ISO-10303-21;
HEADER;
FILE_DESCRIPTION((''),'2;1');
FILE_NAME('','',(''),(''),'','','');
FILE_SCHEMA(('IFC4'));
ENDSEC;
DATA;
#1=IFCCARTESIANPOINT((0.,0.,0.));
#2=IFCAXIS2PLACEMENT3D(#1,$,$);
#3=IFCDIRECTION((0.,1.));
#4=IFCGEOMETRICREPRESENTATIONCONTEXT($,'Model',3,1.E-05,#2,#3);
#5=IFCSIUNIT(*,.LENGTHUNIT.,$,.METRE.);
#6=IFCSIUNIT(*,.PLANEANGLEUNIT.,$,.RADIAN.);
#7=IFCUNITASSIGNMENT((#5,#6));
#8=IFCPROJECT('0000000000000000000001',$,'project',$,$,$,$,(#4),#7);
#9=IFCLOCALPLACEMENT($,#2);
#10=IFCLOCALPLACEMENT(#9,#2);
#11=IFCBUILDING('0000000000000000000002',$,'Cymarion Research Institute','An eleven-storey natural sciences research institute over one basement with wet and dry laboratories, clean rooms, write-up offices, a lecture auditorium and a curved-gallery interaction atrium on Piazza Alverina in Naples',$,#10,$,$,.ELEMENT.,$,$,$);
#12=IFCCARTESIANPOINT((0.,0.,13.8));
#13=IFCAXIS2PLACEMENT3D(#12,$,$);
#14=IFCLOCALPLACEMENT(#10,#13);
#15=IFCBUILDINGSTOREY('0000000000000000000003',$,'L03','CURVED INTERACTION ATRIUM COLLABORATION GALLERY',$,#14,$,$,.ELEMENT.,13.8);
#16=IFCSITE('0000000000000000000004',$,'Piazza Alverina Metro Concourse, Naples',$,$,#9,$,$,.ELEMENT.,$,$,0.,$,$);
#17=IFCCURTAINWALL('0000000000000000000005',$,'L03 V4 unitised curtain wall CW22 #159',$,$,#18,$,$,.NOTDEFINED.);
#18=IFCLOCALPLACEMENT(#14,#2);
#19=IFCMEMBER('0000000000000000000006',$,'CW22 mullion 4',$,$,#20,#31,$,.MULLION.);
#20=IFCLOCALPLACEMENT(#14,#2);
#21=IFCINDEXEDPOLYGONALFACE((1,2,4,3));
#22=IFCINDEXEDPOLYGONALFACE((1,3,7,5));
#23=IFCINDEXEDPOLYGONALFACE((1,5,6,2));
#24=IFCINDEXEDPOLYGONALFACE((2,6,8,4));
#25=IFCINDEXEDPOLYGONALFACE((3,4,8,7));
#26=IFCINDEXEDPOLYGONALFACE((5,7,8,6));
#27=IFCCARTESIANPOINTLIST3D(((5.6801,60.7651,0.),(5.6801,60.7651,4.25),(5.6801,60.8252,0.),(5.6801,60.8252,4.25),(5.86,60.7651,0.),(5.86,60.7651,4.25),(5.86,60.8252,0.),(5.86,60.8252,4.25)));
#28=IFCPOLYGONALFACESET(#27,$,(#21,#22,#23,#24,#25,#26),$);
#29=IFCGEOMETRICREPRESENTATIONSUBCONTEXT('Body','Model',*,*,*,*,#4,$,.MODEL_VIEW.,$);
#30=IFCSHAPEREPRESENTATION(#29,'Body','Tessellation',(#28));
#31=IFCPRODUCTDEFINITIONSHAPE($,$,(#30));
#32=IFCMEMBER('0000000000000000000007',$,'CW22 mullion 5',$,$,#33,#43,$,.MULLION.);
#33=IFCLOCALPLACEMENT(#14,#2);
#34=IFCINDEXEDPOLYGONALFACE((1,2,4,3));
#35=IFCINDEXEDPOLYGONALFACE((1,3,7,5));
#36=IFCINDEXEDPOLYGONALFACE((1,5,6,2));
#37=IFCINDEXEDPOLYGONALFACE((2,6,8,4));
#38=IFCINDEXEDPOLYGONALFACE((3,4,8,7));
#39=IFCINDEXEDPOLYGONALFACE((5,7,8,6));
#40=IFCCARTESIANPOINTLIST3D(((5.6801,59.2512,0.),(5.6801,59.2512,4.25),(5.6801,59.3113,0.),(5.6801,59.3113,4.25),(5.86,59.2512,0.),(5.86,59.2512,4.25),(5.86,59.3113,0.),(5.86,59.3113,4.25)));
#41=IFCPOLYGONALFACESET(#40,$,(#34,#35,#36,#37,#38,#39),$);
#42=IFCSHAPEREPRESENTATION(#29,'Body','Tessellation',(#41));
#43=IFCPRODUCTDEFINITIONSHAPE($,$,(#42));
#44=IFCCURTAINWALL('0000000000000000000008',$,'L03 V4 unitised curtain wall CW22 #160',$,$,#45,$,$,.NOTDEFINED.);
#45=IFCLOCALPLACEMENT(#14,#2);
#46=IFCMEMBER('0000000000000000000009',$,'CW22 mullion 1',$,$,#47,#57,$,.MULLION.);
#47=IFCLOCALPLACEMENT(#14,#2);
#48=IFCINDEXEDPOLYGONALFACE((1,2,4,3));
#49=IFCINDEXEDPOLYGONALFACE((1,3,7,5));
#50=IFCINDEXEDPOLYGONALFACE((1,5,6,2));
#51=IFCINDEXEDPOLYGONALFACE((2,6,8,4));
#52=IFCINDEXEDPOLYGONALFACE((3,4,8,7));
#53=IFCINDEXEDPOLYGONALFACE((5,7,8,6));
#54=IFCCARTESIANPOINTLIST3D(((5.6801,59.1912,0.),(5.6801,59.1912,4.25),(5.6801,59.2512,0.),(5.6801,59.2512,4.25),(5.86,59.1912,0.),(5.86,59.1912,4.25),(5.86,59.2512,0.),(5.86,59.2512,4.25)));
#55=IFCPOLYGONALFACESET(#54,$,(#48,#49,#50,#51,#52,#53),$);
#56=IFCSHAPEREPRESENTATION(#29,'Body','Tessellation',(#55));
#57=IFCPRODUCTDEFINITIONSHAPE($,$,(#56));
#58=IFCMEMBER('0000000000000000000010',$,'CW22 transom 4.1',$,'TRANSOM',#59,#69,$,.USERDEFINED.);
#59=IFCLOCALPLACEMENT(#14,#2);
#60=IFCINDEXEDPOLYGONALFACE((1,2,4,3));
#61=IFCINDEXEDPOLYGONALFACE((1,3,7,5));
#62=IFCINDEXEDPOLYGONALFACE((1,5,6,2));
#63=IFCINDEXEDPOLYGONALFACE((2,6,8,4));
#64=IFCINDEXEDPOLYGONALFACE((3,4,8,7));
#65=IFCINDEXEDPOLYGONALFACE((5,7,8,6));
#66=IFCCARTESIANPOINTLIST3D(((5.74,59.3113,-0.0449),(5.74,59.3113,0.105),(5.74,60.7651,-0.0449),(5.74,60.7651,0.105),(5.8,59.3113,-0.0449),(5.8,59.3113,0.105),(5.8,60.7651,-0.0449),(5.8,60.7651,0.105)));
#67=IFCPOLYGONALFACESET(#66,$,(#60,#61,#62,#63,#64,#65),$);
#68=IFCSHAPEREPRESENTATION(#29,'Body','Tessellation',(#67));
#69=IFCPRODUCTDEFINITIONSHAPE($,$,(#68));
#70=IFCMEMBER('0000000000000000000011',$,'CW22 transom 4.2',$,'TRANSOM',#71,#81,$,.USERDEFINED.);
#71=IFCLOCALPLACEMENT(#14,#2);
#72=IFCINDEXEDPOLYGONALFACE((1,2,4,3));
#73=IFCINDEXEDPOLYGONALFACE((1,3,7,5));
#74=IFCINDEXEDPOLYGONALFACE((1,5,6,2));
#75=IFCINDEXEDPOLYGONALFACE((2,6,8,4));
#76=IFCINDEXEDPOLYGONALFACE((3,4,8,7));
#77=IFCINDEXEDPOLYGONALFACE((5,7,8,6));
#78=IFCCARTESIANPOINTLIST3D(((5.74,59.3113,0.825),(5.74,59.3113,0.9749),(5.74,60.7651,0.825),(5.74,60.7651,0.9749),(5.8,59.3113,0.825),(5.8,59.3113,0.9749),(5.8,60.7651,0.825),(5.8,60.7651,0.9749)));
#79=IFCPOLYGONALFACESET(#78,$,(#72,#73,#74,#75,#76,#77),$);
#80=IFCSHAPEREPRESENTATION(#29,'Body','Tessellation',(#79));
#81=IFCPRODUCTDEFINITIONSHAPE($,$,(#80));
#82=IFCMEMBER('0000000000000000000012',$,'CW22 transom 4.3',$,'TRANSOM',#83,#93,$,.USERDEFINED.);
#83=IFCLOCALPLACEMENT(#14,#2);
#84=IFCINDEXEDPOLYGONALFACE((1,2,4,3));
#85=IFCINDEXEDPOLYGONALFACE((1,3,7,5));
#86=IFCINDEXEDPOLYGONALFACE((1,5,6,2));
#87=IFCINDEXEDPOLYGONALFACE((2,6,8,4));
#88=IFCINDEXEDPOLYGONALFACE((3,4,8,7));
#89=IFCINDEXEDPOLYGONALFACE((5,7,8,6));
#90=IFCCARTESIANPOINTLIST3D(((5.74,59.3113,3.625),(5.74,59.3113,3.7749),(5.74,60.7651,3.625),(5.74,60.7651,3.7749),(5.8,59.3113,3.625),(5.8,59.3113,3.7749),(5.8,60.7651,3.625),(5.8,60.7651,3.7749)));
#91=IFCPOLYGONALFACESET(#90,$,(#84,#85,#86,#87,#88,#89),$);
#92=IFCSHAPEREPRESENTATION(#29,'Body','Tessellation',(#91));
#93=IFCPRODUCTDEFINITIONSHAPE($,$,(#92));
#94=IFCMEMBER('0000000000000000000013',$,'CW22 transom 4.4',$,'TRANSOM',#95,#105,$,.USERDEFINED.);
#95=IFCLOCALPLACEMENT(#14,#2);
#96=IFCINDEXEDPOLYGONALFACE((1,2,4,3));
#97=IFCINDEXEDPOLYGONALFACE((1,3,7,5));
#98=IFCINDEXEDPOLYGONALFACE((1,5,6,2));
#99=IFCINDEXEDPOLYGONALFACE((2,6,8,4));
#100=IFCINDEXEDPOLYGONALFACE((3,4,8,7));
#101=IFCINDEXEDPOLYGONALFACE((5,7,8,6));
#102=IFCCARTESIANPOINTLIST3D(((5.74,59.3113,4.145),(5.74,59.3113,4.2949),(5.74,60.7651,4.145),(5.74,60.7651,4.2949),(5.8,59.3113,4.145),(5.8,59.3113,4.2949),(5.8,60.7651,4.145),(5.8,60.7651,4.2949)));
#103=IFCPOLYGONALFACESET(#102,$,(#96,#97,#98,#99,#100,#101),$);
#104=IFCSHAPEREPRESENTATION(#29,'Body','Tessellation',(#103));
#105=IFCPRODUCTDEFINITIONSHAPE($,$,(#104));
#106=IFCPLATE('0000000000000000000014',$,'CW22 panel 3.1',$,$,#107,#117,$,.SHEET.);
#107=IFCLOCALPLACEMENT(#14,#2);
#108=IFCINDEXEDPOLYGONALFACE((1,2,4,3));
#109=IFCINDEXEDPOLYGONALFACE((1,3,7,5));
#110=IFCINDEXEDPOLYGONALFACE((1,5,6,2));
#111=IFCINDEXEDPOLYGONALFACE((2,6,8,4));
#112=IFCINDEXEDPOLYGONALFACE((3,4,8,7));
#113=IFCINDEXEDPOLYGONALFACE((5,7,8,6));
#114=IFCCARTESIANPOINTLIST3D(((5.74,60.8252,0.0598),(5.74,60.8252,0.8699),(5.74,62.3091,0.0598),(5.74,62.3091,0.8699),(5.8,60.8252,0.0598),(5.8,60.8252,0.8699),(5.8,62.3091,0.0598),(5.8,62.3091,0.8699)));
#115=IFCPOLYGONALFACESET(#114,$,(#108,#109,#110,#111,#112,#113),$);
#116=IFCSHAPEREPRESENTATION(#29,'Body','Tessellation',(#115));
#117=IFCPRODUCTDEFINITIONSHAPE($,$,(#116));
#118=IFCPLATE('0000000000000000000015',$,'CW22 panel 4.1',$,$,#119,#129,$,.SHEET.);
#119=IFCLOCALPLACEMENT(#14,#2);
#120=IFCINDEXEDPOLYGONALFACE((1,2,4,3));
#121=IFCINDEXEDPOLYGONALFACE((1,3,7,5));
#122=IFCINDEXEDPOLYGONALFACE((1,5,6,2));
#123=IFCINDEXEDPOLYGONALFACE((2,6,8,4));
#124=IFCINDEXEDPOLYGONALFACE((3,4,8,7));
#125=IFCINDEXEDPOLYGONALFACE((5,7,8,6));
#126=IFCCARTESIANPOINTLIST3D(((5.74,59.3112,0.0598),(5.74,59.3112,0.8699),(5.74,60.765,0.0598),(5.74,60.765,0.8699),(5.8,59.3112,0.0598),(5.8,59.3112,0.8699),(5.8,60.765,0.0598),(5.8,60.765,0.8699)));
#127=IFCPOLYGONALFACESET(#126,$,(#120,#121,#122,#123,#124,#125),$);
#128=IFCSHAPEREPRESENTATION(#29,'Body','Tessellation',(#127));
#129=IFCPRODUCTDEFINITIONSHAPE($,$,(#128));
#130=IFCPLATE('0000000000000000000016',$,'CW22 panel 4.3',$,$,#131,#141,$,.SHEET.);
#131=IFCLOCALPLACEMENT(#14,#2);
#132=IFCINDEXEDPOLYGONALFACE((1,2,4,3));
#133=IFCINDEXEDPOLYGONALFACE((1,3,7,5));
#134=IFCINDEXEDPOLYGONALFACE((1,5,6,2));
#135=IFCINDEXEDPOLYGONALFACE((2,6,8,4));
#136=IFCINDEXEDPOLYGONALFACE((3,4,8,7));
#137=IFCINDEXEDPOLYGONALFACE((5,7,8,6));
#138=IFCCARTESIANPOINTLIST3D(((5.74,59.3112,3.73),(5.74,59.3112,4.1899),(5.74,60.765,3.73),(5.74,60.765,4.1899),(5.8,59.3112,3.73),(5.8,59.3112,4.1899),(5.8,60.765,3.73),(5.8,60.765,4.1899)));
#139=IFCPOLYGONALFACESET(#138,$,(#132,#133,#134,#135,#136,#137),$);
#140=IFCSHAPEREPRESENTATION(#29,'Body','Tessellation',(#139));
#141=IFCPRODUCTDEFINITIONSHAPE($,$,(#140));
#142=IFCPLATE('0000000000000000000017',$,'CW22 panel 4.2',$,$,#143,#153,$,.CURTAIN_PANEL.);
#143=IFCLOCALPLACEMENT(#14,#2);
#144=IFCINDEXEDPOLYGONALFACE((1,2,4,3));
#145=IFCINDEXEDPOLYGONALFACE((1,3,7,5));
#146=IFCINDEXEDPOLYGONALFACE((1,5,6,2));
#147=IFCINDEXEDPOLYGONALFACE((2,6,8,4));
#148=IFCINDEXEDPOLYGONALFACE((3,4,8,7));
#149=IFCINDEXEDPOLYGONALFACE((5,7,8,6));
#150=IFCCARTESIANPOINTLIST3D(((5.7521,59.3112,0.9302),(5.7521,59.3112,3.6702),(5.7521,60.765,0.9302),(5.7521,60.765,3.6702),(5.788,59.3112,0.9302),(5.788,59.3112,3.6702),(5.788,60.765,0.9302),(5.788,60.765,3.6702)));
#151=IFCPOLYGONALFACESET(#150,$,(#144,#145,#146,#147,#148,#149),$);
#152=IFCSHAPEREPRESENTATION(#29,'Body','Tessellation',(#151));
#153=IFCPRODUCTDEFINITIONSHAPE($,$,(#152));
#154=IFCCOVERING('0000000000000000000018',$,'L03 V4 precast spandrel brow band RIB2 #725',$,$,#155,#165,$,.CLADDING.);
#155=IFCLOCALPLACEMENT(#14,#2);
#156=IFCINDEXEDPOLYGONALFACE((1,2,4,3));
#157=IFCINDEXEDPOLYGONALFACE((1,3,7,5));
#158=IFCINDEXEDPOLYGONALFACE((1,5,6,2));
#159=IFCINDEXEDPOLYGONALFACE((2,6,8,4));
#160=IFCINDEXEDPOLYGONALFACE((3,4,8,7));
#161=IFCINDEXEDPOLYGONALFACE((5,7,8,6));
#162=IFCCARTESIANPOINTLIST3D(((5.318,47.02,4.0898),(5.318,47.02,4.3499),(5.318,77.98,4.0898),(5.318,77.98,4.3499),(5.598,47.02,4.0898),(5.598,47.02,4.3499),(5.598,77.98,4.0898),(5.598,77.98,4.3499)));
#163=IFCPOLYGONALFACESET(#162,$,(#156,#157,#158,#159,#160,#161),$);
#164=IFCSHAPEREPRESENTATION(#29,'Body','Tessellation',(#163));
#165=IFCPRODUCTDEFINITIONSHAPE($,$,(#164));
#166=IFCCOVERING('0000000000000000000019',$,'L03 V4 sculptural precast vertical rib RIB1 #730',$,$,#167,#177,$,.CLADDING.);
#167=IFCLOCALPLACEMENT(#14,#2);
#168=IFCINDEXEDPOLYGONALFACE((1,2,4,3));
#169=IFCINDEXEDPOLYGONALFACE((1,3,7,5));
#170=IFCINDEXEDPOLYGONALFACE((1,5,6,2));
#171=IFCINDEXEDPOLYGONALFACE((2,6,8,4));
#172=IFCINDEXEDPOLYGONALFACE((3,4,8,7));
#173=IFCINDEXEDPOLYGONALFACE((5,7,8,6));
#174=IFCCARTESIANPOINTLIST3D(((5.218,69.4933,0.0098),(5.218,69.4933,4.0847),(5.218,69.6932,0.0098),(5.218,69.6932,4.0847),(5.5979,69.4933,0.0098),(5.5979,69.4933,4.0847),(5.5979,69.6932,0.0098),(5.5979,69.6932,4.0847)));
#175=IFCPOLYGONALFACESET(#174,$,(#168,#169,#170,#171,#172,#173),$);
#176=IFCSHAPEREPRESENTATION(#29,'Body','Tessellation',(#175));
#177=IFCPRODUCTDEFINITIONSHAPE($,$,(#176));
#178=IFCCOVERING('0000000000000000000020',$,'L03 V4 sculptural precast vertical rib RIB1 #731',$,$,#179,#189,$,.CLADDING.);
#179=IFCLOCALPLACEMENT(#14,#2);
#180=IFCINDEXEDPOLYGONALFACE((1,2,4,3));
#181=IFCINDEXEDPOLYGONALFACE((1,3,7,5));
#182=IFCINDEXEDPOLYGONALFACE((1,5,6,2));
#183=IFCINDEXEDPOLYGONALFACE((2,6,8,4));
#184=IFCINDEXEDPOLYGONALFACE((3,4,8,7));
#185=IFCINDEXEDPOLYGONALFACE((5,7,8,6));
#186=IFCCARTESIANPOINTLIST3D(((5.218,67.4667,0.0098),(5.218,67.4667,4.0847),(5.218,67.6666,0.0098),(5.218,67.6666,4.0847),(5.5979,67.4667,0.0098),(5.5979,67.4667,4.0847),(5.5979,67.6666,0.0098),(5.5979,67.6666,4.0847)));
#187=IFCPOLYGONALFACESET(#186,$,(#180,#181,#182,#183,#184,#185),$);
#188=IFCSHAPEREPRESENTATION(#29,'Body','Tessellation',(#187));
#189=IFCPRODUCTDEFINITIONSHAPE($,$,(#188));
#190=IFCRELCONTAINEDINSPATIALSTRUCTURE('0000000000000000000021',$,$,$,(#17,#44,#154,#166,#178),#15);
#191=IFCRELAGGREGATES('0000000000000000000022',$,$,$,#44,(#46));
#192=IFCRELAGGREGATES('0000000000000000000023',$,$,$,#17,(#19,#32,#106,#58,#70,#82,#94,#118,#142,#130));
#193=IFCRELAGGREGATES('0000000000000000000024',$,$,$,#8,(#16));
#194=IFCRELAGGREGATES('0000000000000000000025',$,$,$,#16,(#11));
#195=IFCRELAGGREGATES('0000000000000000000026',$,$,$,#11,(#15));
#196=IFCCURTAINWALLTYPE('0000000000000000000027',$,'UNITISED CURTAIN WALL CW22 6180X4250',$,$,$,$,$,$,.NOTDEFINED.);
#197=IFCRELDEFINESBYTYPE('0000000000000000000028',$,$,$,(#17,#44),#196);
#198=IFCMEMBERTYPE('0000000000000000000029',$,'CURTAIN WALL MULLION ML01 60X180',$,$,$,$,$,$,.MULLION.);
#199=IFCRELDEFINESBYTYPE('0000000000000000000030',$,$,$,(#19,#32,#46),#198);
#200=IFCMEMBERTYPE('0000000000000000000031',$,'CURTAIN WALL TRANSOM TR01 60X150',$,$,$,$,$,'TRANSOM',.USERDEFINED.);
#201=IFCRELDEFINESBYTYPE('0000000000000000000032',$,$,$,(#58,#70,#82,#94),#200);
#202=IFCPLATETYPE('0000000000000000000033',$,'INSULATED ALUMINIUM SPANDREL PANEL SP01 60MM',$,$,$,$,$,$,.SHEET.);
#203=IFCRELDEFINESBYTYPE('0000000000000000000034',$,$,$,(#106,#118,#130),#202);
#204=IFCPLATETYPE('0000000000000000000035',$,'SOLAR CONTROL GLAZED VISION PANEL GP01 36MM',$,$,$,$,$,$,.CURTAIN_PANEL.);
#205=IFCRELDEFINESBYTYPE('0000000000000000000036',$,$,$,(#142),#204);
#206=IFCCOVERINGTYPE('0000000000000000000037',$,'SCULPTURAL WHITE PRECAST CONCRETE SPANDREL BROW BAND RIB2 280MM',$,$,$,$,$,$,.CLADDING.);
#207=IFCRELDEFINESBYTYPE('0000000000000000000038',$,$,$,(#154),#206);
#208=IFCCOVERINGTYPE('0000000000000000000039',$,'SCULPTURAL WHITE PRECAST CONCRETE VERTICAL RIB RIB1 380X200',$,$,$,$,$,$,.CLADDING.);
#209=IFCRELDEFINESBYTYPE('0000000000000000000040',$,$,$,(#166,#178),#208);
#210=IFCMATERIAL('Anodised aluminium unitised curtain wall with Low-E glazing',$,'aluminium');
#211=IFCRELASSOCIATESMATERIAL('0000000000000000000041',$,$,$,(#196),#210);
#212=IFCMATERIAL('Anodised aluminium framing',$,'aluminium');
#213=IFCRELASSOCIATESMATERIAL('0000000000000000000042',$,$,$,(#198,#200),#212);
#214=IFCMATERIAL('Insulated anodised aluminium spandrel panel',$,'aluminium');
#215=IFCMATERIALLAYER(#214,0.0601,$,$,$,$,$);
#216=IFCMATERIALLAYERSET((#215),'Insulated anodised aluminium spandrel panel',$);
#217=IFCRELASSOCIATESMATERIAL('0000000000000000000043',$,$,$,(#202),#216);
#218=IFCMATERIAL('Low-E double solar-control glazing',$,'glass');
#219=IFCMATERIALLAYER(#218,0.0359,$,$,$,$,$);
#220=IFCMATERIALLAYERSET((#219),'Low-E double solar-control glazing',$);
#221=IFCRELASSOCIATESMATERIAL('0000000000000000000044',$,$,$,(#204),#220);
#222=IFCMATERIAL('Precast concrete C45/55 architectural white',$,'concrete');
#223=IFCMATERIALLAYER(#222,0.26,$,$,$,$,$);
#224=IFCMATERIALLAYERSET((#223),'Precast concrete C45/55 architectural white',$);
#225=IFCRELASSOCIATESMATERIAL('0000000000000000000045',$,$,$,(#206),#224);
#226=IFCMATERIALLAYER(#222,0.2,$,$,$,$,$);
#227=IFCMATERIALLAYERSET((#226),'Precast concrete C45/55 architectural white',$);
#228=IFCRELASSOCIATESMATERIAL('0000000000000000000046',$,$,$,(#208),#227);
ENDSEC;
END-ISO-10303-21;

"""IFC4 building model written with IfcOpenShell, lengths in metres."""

from ifc_helpers import new_model, si_unit, direction, frame, origin, origin_2d, place, context, subcontext, project, spatial, rectangle, extrude, material, layer, layer_set, material_profile, profile_set, type_object, element, aggregate, save


model = new_model("IFC4")

# Units and contexts
model_context = context("Model", 3, precision=1e-05, world=origin(), true_north=direction((0.0, 1.0)))
body_context = subcontext(model_context, "Body", "Model", "MODEL_VIEW")
ifc_project = project(units=[si_unit("LENGTHUNIT", "METRE"), si_unit("PLANEANGLEUNIT", "RADIAN")], contexts=[model_context])

# Site, building, storey
site_placement = place(None, origin())
site = spatial("IfcSite", under=ifc_project, at=site_placement, Name="Piazza Alverina Metro Concourse, Naples", CompositionType="ELEMENT", RefElevation=0.0)
building_placement = place(site_placement, origin())
building = spatial("IfcBuilding", under=site, at=building_placement, Name="Cymarion Research Institute", Description="An eleven-storey natural sciences research institute over one basement with wet and dry laboratories, clean rooms, write-up offices, a lecture auditorium and a curved-gallery interaction atrium on Piazza Alverina in Naples", CompositionType="ELEMENT")
storey_placement = place(building_placement, frame((0.0, 0.0, 13.8)))
storey = spatial("IfcBuildingStorey", under=building, at=storey_placement, Name="L03", Description="CURVED INTERACTION ATRIUM COLLABORATION GALLERY", CompositionType="ELEMENT", Elevation=13.8)

# Curtain wall, members
ifc_material_1 = material(Name="Anodised aluminium unitised curtain wall with Low-E glazing", Category="aluminium")
curtain_wall_type = type_object("IfcCurtainWallType", Name="UNITISED CURTAIN WALL CW22 6180X4250", PredefinedType="NOTDEFINED", material=ifc_material_1)
curtain_wall_1_placement = place(storey_placement, origin())
curtain_wall_1 = element("IfcCurtainWall", 1, at=curtain_wall_1_placement, inside=storey, type_object=curtain_wall_type, Name="L03 V4 unitised curtain wall CW22 #159", PredefinedType="NOTDEFINED")
ifc_material_2 = material(Name="Anodised aluminium framing", Category="aluminium")
ifc_material_profile_1 = material_profile(ifc_material_2, rectangle(XDim=0.0601, YDim=0.1799, at=origin_2d()), Name="ALU MULLION 60x180")
ifc_profile_set_1 = profile_set([ifc_material_profile_1], Name="Anodised aluminium framing")
member_type_1 = type_object("IfcMemberType", Name="CURTAIN WALL MULLION ML01 60X180", PredefinedType="MULLION", material=ifc_profile_set_1)
member_1_placement = place(storey_placement, frame((5.77, 60.7952, 0.0), z_axis=(0.0, 0.0, 1.0), x_axis=(0.0, -1.0, 0.0)))
member_1 = element("IfcMember", 2, at=member_1_placement, type_object=member_type_1, Name="CW22 mullion 4", PredefinedType="MULLION", context=body_context, shape_type="SweptSolid", body=[
    extrude(rectangle(XDim=0.0601, YDim=0.1799, at=origin_2d()), origin(), (0.0, 0.0, 1.0), 4.25),
])
member_2_placement = place(storey_placement, frame((5.77, 59.2812, 0.0), z_axis=(0.0, 0.0, 1.0), x_axis=(0.0, -1.0, 0.0)))
member_2 = element("IfcMember", 3, at=member_2_placement, type_object=member_type_1, Name="CW22 mullion 5", PredefinedType="MULLION", context=body_context, shape_type="SweptSolid", body=[
    extrude(rectangle(XDim=0.0601, YDim=0.1799, at=origin_2d()), origin(), (0.0, 0.0, 1.0), 4.25),
])

# Curtain wall, member
curtain_wall_2_placement = place(storey_placement, origin())
curtain_wall_2 = element("IfcCurtainWall", 4, at=curtain_wall_2_placement, inside=storey, type_object=curtain_wall_type, Name="L03 V4 unitised curtain wall CW22 #160", PredefinedType="NOTDEFINED")
member_3_placement = place(storey_placement, frame((5.77, 59.2212, 0.0), z_axis=(0.0, 0.0, 1.0), x_axis=(0.0, -1.0, 0.0)))
member_3 = element("IfcMember", 5, at=member_3_placement, type_object=member_type_1, Name="CW22 mullion 1", PredefinedType="MULLION", context=body_context, shape_type="SweptSolid", body=[
    extrude(rectangle(XDim=0.0601, YDim=0.1799, at=origin_2d()), origin(), (0.0, 0.0, 1.0), 4.25),
])
aggregate(curtain_wall_2, [member_3])

# Members
ifc_material_profile_2 = material_profile(ifc_material_2, rectangle(XDim=0.0601, YDim=0.1499, at=origin_2d()), Name="ALU TRANSOM 60x150")
ifc_profile_set_2 = profile_set([ifc_material_profile_2], Name="Anodised aluminium framing")
member_type_2 = type_object("IfcMemberType", Name="CURTAIN WALL TRANSOM TR01 60X150", ElementType="TRANSOM", PredefinedType="USERDEFINED", material=ifc_profile_set_2)
member_4_placement = place(storey_placement, frame((5.77, 60.7651, 0.03), z_axis=(0.0, -1.0, 0.0), x_axis=(1.0, 0.0, 0.0)))
member_4 = element("IfcMember", 6, at=member_4_placement, type_object=member_type_2, Name="CW22 transom 4.1", ObjectType="TRANSOM", PredefinedType="USERDEFINED", context=body_context, shape_type="SweptSolid", body=[
    extrude(rectangle(XDim=0.0601, YDim=0.1499, at=origin_2d()), origin(), (0.0, 0.0, 1.0), 1.4539),
])
member_5_placement = place(storey_placement, frame((5.77, 60.7651, 0.8999), z_axis=(0.0, -1.0, 0.0), x_axis=(1.0, 0.0, 0.0)))
member_5 = element("IfcMember", 7, at=member_5_placement, type_object=member_type_2, Name="CW22 transom 4.2", ObjectType="TRANSOM", PredefinedType="USERDEFINED", context=body_context, shape_type="SweptSolid", body=[
    extrude(rectangle(XDim=0.0601, YDim=0.1499, at=origin_2d()), origin(), (0.0, 0.0, 1.0), 1.4539),
])
member_6_placement = place(storey_placement, frame((5.77, 60.7651, 3.7), z_axis=(0.0, -1.0, 0.0), x_axis=(1.0, 0.0, 0.0)))
member_6 = element("IfcMember", 8, at=member_6_placement, type_object=member_type_2, Name="CW22 transom 4.3", ObjectType="TRANSOM", PredefinedType="USERDEFINED", context=body_context, shape_type="SweptSolid", body=[
    extrude(rectangle(XDim=0.0601, YDim=0.1499, at=origin_2d()), origin(), (0.0, 0.0, 1.0), 1.4539),
])
member_7_placement = place(storey_placement, frame((5.77, 60.7651, 4.22), z_axis=(0.0, -1.0, 0.0), x_axis=(1.0, 0.0, 0.0)))
member_7 = element("IfcMember", 9, at=member_7_placement, type_object=member_type_2, Name="CW22 transom 4.4", ObjectType="TRANSOM", PredefinedType="USERDEFINED", context=body_context, shape_type="SweptSolid", body=[
    extrude(rectangle(XDim=0.0601, YDim=0.1499, at=origin_2d()), origin(), (0.0, 0.0, 1.0), 1.4539),
])

# Plates
ifc_material_3 = material(Name="Insulated anodised aluminium spandrel panel", Category="aluminium")
ifc_layer_1 = layer(ifc_material_3, 0.0601)
ifc_layer_set_1 = layer_set([ifc_layer_1], Name="Insulated anodised aluminium spandrel panel")
plate_type_1 = type_object("IfcPlateType", Name="INSULATED ALUMINIUM SPANDREL PANEL SP01 60MM", PredefinedType="SHEET", material=ifc_layer_set_1)
plate_1_placement = place(storey_placement, frame((5.77, 61.5671, 0.0598), z_axis=(0.0, 0.0, 1.0), x_axis=(0.0, -1.0, 0.0)))
plate_1 = element("IfcPlate", 10, at=plate_1_placement, type_object=plate_type_1, Name="CW22 panel 3.1", PredefinedType="SHEET", context=body_context, shape_type="SweptSolid", body=[
    extrude(rectangle(XDim=1.4839, YDim=0.0601, at=origin_2d()), origin(), (0.0, 0.0, 1.0), 0.8101),
])
plate_2_placement = place(storey_placement, frame((5.77, 60.0381, 0.0598), z_axis=(0.0, 0.0, 1.0), x_axis=(0.0, -1.0, 0.0)))
plate_2 = element("IfcPlate", 11, at=plate_2_placement, type_object=plate_type_1, Name="CW22 panel 4.1", PredefinedType="SHEET", context=body_context, shape_type="SweptSolid", body=[
    extrude(rectangle(XDim=1.4539, YDim=0.0601, at=origin_2d()), origin(), (0.0, 0.0, 1.0), 0.8101),
])
plate_3_placement = place(storey_placement, frame((5.77, 60.0381, 3.73), z_axis=(0.0, 0.0, 1.0), x_axis=(0.0, -1.0, 0.0)))
plate_3 = element("IfcPlate", 12, at=plate_3_placement, type_object=plate_type_1, Name="CW22 panel 4.3", PredefinedType="SHEET", context=body_context, shape_type="SweptSolid", body=[
    extrude(rectangle(XDim=1.4539, YDim=0.0601, at=origin_2d()), origin(), (0.0, 0.0, 1.0), 0.46),
])
ifc_material_4 = material(Name="Low-E double solar-control glazing", Category="glass")
ifc_layer_2 = layer(ifc_material_4, 0.0359)
ifc_layer_set_2 = layer_set([ifc_layer_2], Name="Low-E double solar-control glazing")
plate_type_2 = type_object("IfcPlateType", Name="SOLAR CONTROL GLAZED VISION PANEL GP01 36MM", PredefinedType="CURTAIN_PANEL", material=ifc_layer_set_2)
plate_4_placement = place(storey_placement, frame((5.77, 60.0381, 0.9302), z_axis=(0.0, 0.0, 1.0), x_axis=(0.0, -1.0, 0.0)))
plate_4 = element("IfcPlate", 13, at=plate_4_placement, type_object=plate_type_2, Name="CW22 panel 4.2", PredefinedType="CURTAIN_PANEL", context=body_context, shape_type="SweptSolid", body=[
    extrude(rectangle(XDim=1.4539, YDim=0.0359, at=origin_2d()), origin(), (0.0, 0.0, 1.0), 2.74),
])
aggregate(curtain_wall_1, [member_1, member_2, plate_1, member_4, member_5, member_6, member_7, plate_2, plate_4, plate_3])

# Coverings
ifc_material_5 = material(Name="Precast concrete C45/55 architectural white", Category="concrete")
ifc_layer_3 = layer(ifc_material_5, 0.26)
ifc_layer_set_3 = layer_set([ifc_layer_3], Name="Precast concrete C45/55 architectural white")
covering_type_1 = type_object("IfcCoveringType", Name="SCULPTURAL WHITE PRECAST CONCRETE SPANDREL BROW BAND RIB2 280MM", PredefinedType="CLADDING", material=ifc_layer_set_3)
covering_placement = place(storey_placement, frame((5.458, 62.5, 4.0898), z_axis=(0.0, 0.0, 1.0), x_axis=(-1.0, 0.0, 0.0)))
element("IfcCovering", 14, at=covering_placement, inside=storey, type_object=covering_type_1, Name="L03 V4 precast spandrel brow band RIB2 #725", PredefinedType="CLADDING", context=body_context, shape_type="SweptSolid", body=[
    extrude(rectangle(XDim=0.28, YDim=30.96, at=origin_2d()), origin(), (0.0, 0.0, 1.0), 0.26),
])
ifc_layer_4 = layer(ifc_material_5, 0.2)
ifc_layer_set_4 = layer_set([ifc_layer_4], Name="Precast concrete C45/55 architectural white")
covering_type_2 = type_object("IfcCoveringType", Name="SCULPTURAL WHITE PRECAST CONCRETE VERTICAL RIB RIB1 380X200", PredefinedType="CLADDING", material=ifc_layer_set_4)
for number, where, z_axis, x_axis, name in (
    (15, (5.408, 69.5933, 0.0098), (0.0, 0.0, 1.0), (-1.0, 0.0, 0.0), "L03 V4 sculptural precast vertical rib RIB1 #730"),
    (16, (5.408, 67.5667, 0.0098), (0.0, 0.0, 1.0), (-1.0, 0.0, 0.0), "L03 V4 sculptural precast vertical rib RIB1 #731"),
):
    element("IfcCovering", number, at=place(storey_placement, frame(where, z_axis=z_axis, x_axis=x_axis)), inside=storey, type_object=covering_type_2, Name=name, PredefinedType="CLADDING", context=body_context, shape_type="SweptSolid", body=[
        extrude(rectangle(XDim=0.3799, YDim=0.2, at=origin_2d()), origin(), (0.0, 0.0, 1.0), 4.075),
    ])

save(model, "model.ifc")
